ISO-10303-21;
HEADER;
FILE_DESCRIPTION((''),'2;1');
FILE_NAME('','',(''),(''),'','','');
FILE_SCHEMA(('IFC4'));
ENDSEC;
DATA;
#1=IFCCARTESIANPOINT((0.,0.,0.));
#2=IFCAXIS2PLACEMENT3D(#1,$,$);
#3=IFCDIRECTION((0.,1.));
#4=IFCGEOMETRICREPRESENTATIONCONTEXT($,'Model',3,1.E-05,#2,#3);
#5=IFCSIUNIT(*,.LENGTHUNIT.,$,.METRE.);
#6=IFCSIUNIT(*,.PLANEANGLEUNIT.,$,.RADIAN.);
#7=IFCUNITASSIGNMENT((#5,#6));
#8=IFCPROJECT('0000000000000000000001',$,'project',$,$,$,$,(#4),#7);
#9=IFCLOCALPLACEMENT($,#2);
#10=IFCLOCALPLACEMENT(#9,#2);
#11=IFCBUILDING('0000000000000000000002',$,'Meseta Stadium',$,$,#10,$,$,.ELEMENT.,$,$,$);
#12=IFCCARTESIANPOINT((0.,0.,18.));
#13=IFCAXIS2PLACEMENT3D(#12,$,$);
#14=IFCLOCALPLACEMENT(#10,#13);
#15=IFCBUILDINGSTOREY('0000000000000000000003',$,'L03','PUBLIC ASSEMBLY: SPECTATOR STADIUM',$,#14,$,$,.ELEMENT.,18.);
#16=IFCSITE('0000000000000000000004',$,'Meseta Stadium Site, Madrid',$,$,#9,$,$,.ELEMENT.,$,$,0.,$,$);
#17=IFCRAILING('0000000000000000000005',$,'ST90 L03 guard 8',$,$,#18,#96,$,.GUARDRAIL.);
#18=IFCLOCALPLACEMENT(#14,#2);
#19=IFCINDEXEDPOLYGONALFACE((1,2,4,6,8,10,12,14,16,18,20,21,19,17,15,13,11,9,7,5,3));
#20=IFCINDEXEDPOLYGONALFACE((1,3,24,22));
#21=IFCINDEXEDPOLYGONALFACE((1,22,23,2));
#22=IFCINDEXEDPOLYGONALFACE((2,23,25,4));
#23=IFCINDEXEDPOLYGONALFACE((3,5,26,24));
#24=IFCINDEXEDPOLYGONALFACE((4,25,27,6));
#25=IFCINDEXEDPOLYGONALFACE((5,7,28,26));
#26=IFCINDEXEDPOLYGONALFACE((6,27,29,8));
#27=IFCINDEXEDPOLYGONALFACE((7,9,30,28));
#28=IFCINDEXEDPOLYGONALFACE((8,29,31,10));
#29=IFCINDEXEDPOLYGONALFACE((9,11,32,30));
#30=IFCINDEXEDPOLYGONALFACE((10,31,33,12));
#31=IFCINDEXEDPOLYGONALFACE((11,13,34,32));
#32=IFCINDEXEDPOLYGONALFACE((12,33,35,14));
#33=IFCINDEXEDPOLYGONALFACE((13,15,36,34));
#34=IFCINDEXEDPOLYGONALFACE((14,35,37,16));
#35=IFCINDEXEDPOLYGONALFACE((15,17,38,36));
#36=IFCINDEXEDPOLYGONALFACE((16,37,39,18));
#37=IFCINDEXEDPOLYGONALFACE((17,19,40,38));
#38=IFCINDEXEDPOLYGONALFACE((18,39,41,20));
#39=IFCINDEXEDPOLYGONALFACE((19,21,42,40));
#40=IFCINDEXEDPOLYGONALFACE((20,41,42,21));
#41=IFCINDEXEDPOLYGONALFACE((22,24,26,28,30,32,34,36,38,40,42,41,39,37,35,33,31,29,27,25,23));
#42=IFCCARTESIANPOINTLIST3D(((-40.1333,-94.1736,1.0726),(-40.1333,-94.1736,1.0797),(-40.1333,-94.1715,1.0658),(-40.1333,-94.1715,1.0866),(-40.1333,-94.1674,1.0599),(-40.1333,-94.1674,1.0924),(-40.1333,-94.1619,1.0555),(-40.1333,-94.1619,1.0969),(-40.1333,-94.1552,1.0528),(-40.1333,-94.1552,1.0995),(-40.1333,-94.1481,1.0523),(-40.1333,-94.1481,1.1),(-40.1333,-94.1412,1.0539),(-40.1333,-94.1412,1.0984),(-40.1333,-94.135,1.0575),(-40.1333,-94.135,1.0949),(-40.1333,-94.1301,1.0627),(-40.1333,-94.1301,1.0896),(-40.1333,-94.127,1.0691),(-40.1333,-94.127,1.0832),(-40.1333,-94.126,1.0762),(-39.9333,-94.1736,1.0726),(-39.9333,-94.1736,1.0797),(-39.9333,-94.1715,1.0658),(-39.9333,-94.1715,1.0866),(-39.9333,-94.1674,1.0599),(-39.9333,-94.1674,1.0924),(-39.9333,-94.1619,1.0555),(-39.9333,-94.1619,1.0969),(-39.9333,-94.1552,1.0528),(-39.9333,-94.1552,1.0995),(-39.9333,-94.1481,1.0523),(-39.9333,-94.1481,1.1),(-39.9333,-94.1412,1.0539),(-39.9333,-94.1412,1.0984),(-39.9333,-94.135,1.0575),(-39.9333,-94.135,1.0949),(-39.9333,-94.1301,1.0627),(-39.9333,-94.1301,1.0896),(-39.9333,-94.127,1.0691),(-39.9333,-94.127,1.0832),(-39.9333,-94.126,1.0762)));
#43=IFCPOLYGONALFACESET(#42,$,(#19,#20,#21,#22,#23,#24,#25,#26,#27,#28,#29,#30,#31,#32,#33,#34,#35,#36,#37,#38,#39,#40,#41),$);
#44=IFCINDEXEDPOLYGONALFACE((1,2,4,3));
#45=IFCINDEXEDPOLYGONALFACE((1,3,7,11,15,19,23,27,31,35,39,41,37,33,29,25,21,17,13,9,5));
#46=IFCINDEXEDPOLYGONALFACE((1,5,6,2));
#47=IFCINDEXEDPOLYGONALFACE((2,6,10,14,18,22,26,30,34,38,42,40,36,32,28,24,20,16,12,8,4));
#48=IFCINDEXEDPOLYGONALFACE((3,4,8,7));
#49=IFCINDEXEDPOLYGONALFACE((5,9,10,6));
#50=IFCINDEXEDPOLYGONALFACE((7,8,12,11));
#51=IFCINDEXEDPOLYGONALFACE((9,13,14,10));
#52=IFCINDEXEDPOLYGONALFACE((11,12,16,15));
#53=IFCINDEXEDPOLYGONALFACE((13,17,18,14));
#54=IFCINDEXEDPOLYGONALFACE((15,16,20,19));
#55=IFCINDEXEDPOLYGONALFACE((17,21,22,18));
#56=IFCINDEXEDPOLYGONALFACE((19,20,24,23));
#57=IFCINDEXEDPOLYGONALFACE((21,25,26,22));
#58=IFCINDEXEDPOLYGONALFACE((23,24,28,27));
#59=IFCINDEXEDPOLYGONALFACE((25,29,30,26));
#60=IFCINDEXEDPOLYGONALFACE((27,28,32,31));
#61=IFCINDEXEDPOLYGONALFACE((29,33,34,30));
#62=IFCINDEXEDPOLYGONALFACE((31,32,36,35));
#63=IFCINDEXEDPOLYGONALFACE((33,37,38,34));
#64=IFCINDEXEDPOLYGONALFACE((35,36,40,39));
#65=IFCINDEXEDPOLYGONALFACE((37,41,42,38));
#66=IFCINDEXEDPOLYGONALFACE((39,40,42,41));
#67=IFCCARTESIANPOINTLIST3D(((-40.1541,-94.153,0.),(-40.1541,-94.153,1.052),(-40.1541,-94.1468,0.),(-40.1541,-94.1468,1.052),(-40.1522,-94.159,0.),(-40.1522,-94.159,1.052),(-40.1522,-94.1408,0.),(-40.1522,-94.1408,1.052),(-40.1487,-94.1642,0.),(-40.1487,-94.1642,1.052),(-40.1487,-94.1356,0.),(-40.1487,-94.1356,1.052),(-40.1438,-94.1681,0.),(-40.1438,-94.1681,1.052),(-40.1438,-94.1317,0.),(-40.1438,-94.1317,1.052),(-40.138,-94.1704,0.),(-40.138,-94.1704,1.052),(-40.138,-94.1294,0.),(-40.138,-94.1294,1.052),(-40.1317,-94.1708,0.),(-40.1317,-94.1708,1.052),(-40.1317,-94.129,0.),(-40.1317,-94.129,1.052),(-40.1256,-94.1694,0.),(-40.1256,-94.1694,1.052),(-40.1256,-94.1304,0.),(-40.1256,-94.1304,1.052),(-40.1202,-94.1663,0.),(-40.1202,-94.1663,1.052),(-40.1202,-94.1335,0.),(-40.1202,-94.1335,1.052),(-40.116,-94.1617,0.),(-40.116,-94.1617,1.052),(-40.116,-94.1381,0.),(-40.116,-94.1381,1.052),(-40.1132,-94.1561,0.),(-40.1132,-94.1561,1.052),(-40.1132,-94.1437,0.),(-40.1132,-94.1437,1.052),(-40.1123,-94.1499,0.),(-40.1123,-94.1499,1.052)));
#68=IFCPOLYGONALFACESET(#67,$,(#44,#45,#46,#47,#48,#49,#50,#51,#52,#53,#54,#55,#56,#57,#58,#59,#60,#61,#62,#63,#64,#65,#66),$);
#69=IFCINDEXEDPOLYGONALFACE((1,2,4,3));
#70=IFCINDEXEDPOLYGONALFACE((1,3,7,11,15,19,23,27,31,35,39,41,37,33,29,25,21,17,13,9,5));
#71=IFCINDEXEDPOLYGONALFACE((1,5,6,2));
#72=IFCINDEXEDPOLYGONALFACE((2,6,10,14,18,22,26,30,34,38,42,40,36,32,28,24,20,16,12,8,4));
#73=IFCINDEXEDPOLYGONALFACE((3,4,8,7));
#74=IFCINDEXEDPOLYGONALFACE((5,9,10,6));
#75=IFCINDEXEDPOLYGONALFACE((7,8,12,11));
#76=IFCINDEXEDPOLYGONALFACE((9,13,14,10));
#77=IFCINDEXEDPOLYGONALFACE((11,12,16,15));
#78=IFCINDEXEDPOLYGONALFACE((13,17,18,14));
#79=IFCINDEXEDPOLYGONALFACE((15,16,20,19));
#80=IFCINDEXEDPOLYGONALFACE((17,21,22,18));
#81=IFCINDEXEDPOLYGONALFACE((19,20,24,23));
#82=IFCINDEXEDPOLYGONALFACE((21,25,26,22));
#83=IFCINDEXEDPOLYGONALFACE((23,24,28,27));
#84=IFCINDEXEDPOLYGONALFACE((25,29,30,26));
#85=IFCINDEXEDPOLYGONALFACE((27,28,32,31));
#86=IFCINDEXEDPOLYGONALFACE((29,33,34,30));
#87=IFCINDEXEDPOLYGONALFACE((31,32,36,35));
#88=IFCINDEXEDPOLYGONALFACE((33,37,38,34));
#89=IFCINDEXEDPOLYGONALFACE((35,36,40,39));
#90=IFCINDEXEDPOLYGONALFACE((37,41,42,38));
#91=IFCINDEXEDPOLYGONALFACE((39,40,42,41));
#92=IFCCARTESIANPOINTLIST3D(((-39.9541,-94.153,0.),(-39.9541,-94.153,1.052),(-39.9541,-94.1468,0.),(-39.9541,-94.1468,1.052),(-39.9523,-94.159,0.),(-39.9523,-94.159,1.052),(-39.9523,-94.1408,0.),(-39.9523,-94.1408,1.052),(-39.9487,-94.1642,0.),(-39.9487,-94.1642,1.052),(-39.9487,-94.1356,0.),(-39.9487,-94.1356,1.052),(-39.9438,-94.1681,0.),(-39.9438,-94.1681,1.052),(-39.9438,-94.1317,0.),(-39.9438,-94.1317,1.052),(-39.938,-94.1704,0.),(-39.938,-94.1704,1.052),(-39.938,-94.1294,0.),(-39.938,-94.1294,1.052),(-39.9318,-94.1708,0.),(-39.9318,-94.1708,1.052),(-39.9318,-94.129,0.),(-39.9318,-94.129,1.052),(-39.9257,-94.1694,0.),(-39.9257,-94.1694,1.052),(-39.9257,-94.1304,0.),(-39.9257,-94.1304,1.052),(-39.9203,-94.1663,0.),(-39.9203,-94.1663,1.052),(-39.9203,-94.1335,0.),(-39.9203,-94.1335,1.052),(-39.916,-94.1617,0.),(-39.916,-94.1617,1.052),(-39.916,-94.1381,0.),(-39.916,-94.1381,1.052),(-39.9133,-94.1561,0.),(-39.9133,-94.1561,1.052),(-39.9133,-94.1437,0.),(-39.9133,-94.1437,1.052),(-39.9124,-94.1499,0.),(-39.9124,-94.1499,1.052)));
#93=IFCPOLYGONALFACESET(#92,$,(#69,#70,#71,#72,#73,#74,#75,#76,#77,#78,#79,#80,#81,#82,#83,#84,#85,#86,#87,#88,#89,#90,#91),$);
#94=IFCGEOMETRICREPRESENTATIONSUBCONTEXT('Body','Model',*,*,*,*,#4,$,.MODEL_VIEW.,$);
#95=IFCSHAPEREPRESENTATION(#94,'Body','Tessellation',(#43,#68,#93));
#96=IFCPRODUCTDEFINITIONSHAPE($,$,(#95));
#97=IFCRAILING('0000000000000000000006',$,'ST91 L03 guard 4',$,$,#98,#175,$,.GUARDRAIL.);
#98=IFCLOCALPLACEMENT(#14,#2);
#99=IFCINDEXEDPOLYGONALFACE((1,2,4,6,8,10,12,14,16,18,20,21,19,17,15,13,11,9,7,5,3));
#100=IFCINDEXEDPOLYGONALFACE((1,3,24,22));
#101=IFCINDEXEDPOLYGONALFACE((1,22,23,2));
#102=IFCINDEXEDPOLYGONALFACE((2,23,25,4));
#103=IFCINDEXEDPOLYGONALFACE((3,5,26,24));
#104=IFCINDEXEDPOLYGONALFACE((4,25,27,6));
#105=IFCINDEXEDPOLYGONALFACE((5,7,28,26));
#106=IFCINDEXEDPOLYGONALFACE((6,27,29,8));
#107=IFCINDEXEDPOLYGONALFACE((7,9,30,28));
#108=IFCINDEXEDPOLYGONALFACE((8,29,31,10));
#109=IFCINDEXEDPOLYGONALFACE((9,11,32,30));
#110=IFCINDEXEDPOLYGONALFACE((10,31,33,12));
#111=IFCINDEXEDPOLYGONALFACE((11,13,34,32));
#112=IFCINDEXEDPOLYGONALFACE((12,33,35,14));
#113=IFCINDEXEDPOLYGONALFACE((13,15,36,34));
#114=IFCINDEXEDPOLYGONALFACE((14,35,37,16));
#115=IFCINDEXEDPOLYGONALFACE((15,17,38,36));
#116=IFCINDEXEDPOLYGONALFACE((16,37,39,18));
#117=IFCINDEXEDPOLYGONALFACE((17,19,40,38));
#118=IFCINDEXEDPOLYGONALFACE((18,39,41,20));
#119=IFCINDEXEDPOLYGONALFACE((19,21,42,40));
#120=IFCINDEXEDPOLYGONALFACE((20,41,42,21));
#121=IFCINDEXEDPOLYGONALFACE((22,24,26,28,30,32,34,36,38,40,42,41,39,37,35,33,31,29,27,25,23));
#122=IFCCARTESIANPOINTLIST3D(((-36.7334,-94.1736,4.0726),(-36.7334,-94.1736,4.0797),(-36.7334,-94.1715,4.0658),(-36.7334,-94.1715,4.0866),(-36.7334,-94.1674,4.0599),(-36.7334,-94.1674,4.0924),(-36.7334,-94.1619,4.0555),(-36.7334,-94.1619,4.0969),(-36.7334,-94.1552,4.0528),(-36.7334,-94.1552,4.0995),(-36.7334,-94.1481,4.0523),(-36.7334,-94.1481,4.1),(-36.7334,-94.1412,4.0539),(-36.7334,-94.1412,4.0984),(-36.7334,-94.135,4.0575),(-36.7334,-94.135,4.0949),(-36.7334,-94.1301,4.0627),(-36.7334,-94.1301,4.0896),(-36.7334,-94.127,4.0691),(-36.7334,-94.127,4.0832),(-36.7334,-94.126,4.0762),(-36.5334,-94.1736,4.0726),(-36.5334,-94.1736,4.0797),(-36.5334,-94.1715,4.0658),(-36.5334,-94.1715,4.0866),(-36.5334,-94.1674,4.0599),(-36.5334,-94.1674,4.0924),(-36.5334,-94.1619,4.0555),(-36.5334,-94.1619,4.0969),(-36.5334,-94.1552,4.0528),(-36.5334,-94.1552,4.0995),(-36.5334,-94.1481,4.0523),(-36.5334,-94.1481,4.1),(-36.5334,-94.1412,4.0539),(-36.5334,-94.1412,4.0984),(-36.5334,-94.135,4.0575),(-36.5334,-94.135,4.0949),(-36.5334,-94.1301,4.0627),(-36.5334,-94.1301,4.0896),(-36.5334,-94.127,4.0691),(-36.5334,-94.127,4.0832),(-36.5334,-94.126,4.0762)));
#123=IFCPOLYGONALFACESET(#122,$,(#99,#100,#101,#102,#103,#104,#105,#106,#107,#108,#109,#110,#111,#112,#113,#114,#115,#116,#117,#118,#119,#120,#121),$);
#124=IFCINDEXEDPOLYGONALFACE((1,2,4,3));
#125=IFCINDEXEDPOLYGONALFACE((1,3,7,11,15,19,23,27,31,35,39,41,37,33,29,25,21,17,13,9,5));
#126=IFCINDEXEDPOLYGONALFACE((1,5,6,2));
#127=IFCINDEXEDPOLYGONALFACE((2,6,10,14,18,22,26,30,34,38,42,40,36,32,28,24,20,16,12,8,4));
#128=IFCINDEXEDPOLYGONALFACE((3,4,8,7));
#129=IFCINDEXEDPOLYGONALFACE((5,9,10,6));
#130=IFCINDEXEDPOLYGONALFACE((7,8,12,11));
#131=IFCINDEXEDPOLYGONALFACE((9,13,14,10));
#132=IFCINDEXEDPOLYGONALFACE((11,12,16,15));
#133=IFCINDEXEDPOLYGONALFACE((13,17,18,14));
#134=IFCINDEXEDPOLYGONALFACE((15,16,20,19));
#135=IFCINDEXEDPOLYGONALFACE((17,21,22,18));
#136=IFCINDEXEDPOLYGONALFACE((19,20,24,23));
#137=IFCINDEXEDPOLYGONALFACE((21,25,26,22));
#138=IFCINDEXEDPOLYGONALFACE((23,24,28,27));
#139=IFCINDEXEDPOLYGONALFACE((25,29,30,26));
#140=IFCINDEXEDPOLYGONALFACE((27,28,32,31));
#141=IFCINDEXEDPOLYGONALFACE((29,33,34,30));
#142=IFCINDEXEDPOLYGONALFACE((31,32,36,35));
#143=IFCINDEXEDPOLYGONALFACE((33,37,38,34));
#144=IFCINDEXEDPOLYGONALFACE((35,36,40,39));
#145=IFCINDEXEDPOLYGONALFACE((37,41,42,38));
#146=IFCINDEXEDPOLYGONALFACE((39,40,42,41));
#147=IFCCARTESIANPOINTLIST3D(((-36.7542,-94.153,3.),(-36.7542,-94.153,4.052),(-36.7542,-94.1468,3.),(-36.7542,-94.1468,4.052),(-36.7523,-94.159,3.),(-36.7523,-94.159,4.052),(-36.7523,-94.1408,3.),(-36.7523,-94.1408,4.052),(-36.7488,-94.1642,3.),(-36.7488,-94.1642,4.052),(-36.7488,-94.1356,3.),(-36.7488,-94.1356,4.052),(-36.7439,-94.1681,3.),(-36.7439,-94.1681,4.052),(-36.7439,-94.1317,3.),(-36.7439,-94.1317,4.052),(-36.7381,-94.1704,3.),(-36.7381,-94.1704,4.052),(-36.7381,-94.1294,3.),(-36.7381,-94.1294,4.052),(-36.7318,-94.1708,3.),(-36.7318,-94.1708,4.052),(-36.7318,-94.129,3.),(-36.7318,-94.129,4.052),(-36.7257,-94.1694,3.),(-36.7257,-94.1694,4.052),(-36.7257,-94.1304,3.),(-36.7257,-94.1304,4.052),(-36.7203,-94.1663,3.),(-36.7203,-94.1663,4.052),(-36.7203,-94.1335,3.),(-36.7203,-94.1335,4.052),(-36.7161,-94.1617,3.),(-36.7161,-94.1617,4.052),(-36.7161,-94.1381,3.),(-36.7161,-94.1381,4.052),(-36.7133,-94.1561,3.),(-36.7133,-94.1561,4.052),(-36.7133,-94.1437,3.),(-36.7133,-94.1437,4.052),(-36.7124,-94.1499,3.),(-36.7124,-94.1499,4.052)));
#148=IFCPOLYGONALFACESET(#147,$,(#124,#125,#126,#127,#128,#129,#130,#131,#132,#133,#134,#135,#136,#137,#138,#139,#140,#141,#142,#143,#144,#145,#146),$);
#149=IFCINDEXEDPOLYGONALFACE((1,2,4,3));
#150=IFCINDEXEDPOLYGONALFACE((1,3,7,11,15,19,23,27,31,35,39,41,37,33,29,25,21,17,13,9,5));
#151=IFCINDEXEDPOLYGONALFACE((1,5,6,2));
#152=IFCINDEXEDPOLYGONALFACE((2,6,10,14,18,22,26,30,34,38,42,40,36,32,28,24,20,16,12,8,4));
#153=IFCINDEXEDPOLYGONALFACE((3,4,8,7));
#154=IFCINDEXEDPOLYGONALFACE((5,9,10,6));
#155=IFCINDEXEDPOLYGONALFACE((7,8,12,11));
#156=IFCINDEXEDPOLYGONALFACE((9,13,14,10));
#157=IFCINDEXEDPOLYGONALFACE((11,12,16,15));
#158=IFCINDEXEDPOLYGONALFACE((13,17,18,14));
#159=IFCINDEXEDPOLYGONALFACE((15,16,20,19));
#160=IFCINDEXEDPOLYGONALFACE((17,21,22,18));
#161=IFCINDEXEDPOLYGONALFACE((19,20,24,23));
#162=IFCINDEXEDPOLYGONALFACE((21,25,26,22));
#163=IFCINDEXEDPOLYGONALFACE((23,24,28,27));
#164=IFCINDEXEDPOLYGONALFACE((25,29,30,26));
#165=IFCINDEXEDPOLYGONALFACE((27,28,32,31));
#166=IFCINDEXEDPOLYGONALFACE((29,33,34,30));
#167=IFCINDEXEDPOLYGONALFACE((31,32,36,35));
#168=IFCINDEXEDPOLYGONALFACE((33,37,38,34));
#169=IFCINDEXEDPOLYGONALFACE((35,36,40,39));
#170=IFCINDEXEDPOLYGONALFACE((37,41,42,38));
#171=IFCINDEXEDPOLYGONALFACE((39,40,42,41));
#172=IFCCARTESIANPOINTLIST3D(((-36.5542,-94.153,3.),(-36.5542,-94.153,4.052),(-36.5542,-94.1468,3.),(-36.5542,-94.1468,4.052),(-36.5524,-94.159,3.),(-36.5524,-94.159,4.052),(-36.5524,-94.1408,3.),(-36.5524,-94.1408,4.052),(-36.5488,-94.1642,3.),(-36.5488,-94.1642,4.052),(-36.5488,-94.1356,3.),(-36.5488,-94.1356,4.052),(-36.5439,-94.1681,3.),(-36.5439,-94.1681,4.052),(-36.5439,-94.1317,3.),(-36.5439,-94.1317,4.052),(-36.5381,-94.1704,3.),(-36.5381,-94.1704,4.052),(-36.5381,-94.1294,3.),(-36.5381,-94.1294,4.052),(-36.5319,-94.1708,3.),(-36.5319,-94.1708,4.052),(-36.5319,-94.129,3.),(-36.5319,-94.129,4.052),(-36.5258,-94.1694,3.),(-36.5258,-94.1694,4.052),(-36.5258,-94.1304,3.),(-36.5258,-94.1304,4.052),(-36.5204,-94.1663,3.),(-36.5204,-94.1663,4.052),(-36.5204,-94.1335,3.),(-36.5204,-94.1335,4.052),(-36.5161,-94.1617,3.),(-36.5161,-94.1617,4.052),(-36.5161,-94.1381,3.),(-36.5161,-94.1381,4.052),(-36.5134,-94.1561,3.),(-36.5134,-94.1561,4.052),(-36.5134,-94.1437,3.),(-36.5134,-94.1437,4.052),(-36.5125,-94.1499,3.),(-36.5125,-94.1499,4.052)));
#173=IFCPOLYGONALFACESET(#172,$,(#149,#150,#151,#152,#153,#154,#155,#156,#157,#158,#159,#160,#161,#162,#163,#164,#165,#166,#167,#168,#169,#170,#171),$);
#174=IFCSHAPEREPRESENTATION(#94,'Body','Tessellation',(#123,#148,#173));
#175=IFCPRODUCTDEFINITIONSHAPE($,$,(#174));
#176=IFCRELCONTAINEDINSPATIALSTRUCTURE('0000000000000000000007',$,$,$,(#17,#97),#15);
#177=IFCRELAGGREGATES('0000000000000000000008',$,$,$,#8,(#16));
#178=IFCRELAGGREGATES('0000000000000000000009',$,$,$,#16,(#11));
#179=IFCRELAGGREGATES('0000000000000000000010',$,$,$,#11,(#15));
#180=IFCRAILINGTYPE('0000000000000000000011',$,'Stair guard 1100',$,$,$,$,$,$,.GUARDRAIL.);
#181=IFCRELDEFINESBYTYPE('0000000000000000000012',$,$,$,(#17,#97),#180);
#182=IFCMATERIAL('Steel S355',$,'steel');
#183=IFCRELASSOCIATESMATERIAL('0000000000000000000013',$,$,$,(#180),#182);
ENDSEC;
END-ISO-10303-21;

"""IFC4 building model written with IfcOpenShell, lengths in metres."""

from ifc_helpers import new_model, si_unit, direction, frame, origin, origin_2d, place, context, subcontext, project, spatial, circle, extrude, material, type_object, element, save


model = new_model("IFC4")

# Units and contexts
model_context = context("Model", 3, precision=1e-05, world=origin(), true_north=direction((0.0, 1.0)))
body_context = subcontext(model_context, "Body", "Model", "MODEL_VIEW")
ifc_project = project(units=[si_unit("LENGTHUNIT", "METRE"), si_unit("PLANEANGLEUNIT", "RADIAN")], contexts=[model_context])

# Site, building, storey
site_placement = place(None, origin())
site = spatial("IfcSite", under=ifc_project, at=site_placement, Name="Meseta Stadium Site, Madrid", CompositionType="ELEMENT", RefElevation=0.0)
building_placement = place(site_placement, origin())
building = spatial("IfcBuilding", under=site, at=building_placement, Name="Meseta Stadium", CompositionType="ELEMENT")
storey_placement = place(building_placement, frame((0.0, 0.0, 18.0)))
storey = spatial("IfcBuildingStorey", under=building, at=storey_placement, Name="L03", Description="PUBLIC ASSEMBLY: SPECTATOR STADIUM", CompositionType="ELEMENT", Elevation=18.0)

# Railings
ifc_material_1 = material(Name="Steel S355", Category="steel")
railing_type_1 = type_object("IfcRailingType", Name="Stair guard 1100", PredefinedType="GUARDRAIL", material=ifc_material_1)
for number, where, name in (
    (1, (-40.1333, -94.1499, 0.0), "ST90 L03 guard 8"),
    (2, (-36.7334, -94.1499, 3.0), "ST91 L03 guard 4"),
):
    element("IfcRailing", number, at=place(storey_placement, frame(where)), inside=storey, type_object=railing_type_1, Name=name, PredefinedType="GUARDRAIL", context=body_context, shape_type="SweptSolid", body=[
        extrude(circle(Radius=0.0239, at=origin_2d()), frame((0.0, 0.0, 1.0762), z_axis=(1.0, 0.0, 0.0), x_axis=(0.0, 1.0, 0.0)), (0.0, 0.0, 1.0), 0.2),
        extrude(circle(Radius=0.021, at=origin_2d()), origin(), (0.0, 0.0, 1.0), 1.052),
        extrude(circle(Radius=0.021, at=origin_2d()), frame((0.2, 0.0, 0.0)), (0.0, 0.0, 1.0), 1.052),
    ])

save(model, "model.ifc")
